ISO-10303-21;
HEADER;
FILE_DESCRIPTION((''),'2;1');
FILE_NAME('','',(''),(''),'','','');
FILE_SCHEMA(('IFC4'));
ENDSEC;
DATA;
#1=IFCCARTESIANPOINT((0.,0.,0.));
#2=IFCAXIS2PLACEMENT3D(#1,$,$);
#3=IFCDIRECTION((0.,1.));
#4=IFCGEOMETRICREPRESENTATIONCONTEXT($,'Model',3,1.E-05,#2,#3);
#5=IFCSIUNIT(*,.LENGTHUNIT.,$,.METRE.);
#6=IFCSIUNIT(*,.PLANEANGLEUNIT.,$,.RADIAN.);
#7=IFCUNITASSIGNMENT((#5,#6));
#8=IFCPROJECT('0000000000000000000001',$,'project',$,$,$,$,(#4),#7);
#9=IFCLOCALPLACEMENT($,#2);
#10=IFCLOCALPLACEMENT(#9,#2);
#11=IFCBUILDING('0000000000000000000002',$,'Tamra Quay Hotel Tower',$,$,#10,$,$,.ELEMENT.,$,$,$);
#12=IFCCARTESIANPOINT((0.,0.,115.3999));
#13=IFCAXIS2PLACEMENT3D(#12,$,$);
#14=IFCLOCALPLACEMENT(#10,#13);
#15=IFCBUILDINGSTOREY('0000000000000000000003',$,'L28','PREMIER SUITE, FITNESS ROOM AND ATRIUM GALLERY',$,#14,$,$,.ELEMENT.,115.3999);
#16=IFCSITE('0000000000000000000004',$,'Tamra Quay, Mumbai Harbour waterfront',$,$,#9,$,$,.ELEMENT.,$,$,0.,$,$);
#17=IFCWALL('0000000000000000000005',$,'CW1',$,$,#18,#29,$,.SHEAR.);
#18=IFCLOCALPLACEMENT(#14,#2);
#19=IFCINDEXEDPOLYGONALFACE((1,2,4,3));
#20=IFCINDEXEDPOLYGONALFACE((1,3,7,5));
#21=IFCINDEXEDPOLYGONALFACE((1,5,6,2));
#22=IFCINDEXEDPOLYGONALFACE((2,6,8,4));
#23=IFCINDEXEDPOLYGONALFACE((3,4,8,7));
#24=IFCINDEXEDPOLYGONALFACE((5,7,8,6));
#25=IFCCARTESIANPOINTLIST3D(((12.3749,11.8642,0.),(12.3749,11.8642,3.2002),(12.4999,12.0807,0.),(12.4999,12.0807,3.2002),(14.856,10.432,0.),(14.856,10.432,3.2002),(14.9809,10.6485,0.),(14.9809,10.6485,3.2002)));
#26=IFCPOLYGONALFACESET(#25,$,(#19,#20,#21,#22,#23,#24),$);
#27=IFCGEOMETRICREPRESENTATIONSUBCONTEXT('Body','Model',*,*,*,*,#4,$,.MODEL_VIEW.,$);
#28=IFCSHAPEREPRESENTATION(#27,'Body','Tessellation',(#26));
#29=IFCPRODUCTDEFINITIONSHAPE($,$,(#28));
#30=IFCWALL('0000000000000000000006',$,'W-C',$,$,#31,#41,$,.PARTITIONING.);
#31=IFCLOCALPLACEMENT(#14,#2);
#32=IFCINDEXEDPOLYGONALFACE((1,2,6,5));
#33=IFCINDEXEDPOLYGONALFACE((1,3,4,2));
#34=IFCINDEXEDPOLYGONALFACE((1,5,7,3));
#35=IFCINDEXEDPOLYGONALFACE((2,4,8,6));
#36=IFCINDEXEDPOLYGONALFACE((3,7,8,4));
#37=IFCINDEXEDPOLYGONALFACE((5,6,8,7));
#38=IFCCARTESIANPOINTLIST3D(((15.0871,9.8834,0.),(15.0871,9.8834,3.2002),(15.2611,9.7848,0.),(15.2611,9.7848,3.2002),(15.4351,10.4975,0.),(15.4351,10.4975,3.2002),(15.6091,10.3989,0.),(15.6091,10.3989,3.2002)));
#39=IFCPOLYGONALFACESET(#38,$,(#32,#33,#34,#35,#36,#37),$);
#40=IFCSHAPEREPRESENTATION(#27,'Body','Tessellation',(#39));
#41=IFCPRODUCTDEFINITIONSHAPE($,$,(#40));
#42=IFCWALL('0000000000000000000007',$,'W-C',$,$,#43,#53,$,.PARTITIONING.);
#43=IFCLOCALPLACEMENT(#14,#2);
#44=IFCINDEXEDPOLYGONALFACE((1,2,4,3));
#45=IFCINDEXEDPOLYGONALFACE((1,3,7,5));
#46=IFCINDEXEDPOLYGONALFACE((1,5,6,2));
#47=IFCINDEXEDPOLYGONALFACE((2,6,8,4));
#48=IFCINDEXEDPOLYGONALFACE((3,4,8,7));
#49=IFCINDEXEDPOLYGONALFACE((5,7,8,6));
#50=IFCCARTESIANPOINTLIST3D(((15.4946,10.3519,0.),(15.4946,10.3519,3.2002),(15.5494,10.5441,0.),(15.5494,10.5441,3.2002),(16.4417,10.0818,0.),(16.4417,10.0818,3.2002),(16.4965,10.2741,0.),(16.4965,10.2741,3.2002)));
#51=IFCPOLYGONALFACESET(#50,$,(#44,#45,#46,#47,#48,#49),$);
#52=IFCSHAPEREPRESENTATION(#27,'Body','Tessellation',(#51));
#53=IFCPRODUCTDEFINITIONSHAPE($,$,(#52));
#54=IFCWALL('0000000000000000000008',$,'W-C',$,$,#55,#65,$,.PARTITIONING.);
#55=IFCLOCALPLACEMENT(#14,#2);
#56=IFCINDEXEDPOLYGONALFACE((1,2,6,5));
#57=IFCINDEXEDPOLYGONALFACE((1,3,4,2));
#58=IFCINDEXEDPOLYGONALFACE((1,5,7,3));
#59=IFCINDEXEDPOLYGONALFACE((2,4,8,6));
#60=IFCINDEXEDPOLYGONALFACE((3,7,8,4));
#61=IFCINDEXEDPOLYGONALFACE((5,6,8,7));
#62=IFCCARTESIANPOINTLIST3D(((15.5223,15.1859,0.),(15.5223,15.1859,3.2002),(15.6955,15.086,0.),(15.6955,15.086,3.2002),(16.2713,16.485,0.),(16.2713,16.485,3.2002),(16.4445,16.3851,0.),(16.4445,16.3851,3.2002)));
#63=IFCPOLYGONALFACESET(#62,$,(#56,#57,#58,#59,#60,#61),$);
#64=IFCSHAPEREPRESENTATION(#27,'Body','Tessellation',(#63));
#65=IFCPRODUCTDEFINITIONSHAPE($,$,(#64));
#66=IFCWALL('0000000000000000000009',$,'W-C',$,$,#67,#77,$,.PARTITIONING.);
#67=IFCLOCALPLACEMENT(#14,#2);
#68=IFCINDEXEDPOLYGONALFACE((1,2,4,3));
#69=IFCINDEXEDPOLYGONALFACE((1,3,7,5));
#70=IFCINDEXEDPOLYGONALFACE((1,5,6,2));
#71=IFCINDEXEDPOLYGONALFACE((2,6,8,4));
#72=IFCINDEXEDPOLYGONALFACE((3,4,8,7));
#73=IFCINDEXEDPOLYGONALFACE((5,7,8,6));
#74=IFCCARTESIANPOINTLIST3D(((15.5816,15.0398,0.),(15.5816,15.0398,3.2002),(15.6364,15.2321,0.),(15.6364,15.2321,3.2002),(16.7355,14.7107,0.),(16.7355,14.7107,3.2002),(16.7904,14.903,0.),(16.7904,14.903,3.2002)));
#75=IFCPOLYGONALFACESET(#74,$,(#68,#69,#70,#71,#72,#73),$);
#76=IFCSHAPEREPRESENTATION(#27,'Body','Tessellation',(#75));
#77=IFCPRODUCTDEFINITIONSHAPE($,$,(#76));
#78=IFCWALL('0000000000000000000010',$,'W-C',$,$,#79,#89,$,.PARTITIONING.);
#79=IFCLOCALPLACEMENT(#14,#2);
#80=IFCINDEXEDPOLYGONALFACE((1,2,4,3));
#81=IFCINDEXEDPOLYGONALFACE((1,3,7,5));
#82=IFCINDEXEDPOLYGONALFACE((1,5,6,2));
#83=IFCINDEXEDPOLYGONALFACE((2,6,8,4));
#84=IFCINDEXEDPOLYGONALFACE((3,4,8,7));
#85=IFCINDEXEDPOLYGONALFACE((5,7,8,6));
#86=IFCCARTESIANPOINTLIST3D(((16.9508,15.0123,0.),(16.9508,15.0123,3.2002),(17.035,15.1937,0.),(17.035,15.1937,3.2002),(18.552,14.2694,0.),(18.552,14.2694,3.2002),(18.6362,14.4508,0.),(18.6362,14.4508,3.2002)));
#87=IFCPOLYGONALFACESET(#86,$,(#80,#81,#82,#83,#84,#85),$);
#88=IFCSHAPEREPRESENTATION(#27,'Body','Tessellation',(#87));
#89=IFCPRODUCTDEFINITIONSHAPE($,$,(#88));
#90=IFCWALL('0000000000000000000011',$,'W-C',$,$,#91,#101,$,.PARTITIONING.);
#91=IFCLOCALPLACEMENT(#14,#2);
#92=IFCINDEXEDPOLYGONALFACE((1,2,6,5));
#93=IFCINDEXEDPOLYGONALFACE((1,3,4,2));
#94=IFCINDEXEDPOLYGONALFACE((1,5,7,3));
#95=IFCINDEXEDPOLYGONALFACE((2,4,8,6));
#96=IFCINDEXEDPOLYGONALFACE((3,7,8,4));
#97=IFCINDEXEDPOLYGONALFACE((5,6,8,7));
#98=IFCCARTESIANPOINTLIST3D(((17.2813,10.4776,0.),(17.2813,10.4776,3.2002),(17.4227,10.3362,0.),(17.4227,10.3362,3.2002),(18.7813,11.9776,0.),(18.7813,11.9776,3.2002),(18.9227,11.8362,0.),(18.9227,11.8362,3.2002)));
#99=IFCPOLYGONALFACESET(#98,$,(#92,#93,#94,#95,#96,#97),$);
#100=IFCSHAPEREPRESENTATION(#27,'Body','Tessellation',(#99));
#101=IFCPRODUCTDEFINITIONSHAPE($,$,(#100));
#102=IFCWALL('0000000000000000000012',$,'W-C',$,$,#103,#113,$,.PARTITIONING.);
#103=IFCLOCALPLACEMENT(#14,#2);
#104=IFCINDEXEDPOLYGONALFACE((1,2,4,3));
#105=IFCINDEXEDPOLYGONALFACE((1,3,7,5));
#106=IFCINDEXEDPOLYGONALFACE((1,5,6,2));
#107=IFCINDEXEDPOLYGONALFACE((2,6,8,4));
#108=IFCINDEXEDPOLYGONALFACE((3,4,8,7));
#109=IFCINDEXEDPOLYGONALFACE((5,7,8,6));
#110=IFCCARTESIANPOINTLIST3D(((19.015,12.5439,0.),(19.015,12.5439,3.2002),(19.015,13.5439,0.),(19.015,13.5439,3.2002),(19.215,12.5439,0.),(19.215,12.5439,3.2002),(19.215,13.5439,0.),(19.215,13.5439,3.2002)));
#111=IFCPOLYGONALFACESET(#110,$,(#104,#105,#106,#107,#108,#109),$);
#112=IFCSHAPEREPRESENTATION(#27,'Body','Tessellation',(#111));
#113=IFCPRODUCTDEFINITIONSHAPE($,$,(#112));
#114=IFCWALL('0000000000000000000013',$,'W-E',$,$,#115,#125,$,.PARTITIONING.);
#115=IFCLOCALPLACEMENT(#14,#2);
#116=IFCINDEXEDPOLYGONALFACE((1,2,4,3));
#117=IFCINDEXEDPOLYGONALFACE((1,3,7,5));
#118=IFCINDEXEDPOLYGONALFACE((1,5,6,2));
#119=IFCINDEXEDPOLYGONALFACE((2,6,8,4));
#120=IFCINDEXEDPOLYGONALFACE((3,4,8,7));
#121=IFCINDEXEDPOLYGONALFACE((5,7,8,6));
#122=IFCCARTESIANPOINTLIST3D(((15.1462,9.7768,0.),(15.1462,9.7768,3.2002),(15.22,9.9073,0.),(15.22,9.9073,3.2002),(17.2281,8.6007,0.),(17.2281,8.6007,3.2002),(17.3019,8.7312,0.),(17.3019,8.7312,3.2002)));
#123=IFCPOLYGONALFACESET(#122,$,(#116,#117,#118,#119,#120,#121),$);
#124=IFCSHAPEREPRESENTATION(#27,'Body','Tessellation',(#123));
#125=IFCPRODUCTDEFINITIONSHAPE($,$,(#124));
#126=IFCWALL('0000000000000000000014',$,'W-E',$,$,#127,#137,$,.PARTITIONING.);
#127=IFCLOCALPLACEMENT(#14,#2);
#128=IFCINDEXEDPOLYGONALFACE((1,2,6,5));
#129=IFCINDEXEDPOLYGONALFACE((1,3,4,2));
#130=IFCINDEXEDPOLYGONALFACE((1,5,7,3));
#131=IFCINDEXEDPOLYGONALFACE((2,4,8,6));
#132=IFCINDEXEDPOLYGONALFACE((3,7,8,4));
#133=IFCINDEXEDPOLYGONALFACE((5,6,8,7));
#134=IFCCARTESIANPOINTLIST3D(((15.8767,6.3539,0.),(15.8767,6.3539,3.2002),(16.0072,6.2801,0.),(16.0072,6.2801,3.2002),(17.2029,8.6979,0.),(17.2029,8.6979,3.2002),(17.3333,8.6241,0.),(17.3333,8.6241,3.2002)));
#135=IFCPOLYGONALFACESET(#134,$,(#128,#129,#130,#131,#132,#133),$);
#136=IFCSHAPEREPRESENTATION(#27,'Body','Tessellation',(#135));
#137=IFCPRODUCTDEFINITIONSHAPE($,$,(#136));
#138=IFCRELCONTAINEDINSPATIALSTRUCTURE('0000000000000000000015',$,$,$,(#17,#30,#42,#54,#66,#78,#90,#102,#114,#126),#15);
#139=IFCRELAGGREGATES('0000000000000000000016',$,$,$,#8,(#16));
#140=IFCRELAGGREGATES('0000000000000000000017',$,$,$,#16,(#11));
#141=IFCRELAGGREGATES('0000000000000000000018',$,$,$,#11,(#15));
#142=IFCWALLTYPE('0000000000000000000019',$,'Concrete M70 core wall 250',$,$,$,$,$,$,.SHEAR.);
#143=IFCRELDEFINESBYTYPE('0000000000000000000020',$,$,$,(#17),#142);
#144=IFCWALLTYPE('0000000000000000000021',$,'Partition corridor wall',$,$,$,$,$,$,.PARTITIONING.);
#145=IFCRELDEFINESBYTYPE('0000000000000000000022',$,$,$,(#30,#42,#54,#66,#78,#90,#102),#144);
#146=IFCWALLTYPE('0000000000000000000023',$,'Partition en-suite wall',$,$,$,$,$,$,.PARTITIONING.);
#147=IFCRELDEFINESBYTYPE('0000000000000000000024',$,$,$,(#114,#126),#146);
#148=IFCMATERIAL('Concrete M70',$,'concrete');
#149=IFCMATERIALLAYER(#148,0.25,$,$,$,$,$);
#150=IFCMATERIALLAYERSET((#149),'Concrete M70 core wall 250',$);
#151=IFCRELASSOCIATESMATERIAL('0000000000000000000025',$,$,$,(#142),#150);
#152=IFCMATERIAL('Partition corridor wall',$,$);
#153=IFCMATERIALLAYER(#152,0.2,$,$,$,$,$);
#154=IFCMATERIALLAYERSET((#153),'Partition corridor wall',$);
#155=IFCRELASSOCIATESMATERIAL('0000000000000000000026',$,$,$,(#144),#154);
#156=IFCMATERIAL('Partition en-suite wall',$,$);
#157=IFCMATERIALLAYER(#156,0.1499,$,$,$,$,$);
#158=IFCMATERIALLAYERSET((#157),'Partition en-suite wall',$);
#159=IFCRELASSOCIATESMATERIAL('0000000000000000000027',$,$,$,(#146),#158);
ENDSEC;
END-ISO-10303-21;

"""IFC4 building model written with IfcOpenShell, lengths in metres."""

from ifc_helpers import new_model, si_unit, direction, frame, frame_2d, origin, place, context, subcontext, project, spatial, rectangle, extrude, material, layer, layer_set, type_object, element, save


model = new_model("IFC4")

# Units and contexts
model_context = context("Model", 3, precision=1e-05, world=origin(), true_north=direction((0.0, 1.0)))
body_context = subcontext(model_context, "Body", "Model", "MODEL_VIEW")
ifc_project = project(units=[si_unit("LENGTHUNIT", "METRE"), si_unit("PLANEANGLEUNIT", "RADIAN")], contexts=[model_context])

# Site, building, storey
site_placement = place(None, origin())
site = spatial("IfcSite", under=ifc_project, at=site_placement, Name="Tamra Quay, Mumbai Harbour waterfront", CompositionType="ELEMENT", RefElevation=0.0)
building_placement = place(site_placement, origin())
building = spatial("IfcBuilding", under=site, at=building_placement, Name="Tamra Quay Hotel Tower", CompositionType="ELEMENT")
storey_placement = place(building_placement, frame((0.0, 0.0, 115.3999)))
storey = spatial("IfcBuildingStorey", under=building, at=storey_placement, Name="L28", Description="PREMIER SUITE, FITNESS ROOM AND ATRIUM GALLERY", CompositionType="ELEMENT", Elevation=115.3999)

# Shared definitions
ifc_material_1 = material(Name="Concrete M70", Category="concrete")

# Walls
ifc_layer_1 = layer(ifc_material_1, 0.25)
ifc_layer_set_1 = layer_set([ifc_layer_1], Name="Concrete M70 core wall 250")
wall_type_1 = type_object("IfcWallType", Name="Concrete M70 core wall 250", PredefinedType="SHEAR", material=ifc_layer_set_1)
wall_1_placement = place(storey_placement, frame((14.9185, 10.5403, 0.0), z_axis=(0.0, 0.0, 1.0), x_axis=(-0.866064, 0.499934, 0.0)))
element("IfcWall", 1, at=wall_1_placement, inside=storey, type_object=wall_type_1, Name="CW1", PredefinedType="SHEAR", context=body_context, shape_type="SweptSolid", body=[
    extrude(rectangle(XDim=2.8647, YDim=0.25, at=frame_2d((1.4324, 0.0))), origin(), (0.0, 0.0, 1.0), 3.2002),
])
ifc_material_2 = material(Name="Partition corridor wall")
ifc_layer_2 = layer(ifc_material_2, 0.2)
ifc_layer_set_2 = layer_set([ifc_layer_2], Name="Partition corridor wall")
wall_type_2 = type_object("IfcWallType", Name="Partition corridor wall", PredefinedType="PARTITIONING", material=ifc_layer_set_2)
wall_2_placement = place(storey_placement, frame((15.1741, 9.834, 0.0), z_axis=(0.0, 0.0, 1.0), x_axis=(0.492969, 0.870047, 0.0)))
element("IfcWall", 2, at=wall_2_placement, inside=storey, type_object=wall_type_2, Name="W-C", PredefinedType="PARTITIONING", context=body_context, shape_type="SweptSolid", body=[
    extrude(rectangle(XDim=0.7058, YDim=0.2, at=frame_2d((0.353, 0.0))), origin(), (0.0, 0.0, 1.0), 3.2002),
])
wall_3_placement = place(storey_placement, frame((15.522, 10.448, 0.0), z_axis=(0.0, 0.0, 1.0), x_axis=(0.961673, -0.274197, 0.0)))
element("IfcWall", 3, at=wall_3_placement, inside=storey, type_object=wall_type_2, Name="W-C", PredefinedType="PARTITIONING", context=body_context, shape_type="SweptSolid", body=[
    extrude(rectangle(XDim=0.9849, YDim=0.2, at=frame_2d((0.4924, 0.0))), origin(), (0.0, 0.0, 1.0), 3.2002),
])
wall_4_placement = place(storey_placement, frame((15.6089, 15.136, 0.0), z_axis=(0.0, 0.0, 1.0), x_axis=(0.499502, 0.866313, 0.0)))
element("IfcWall", 4, at=wall_4_placement, inside=storey, type_object=wall_type_2, Name="W-C", PredefinedType="PARTITIONING", context=body_context, shape_type="SweptSolid", body=[
    extrude(rectangle(XDim=1.4995, YDim=0.2, at=frame_2d((0.7498, 0.0))), origin(), (0.0, 0.0, 1.0), 3.2002),
])
wall_5_placement = place(storey_placement, frame((15.6089, 15.136, 0.0), z_axis=(0.0, 0.0, 1.0), x_axis=(0.961662, -0.274237, 0.0)))
element("IfcWall", 5, at=wall_5_placement, inside=storey, type_object=wall_type_2, Name="W-C", PredefinedType="PARTITIONING", context=body_context, shape_type="SweptSolid", body=[
    extrude(rectangle(XDim=1.2, YDim=0.2, at=frame_2d((0.6001, 0.0))), origin(), (0.0, 0.0, 1.0), 3.2002),
])
wall_6_placement = place(storey_placement, frame((16.9929, 15.103, 0.0), z_axis=(0.0, 0.0, 1.0), x_axis=(0.907103, -0.420908, 0.0)))
element("IfcWall", 6, at=wall_6_placement, inside=storey, type_object=wall_type_2, Name="W-C", PredefinedType="PARTITIONING", context=body_context, shape_type="SweptSolid", body=[
    extrude(rectangle(XDim=1.7651, YDim=0.2, at=frame_2d((0.8826, 0.0))), origin(), (0.0, 0.0, 1.0), 3.2002),
])
wall_7_placement = place(storey_placement, frame((17.3521, 10.407, 0.0), z_axis=(0.0, 0.0, 1.0), x_axis=(0.707107, 0.707107, 0.0)))
element("IfcWall", 7, at=wall_7_placement, inside=storey, type_object=wall_type_2, Name="W-C", PredefinedType="PARTITIONING", context=body_context, shape_type="SweptSolid", body=[
    extrude(rectangle(XDim=2.1213, YDim=0.2, at=frame_2d((1.0605, 0.0))), origin(), (0.0, 0.0, 1.0), 3.2002),
])
wall_8_placement = place(storey_placement, frame((19.115, 12.5439, 0.0), z_axis=(0.0, 0.0, 1.0), x_axis=(0.0, 1.0, 0.0)))
element("IfcWall", 8, at=wall_8_placement, inside=storey, type_object=wall_type_2, Name="W-C", PredefinedType="PARTITIONING", context=body_context, shape_type="SweptSolid", body=[
    extrude(rectangle(XDim=1.0, YDim=0.2, at=frame_2d((0.5, 0.0))), origin(), (0.0, 0.0, 1.0), 3.2002),
])
ifc_material_3 = material(Name="Partition en-suite wall")
ifc_layer_3 = layer(ifc_material_3, 0.1499)
ifc_layer_set_3 = layer_set([ifc_layer_3], Name="Partition en-suite wall")
wall_type_3 = type_object("IfcWallType", Name="Partition en-suite wall", PredefinedType="PARTITIONING", material=ifc_layer_set_3)
wall_9_placement = place(storey_placement, frame((15.1831, 9.842, 0.0), z_axis=(0.0, 0.0, 1.0), x_axis=(0.870677, -0.491855, 0.0)))
element("IfcWall", 9, at=wall_9_placement, inside=storey, type_object=wall_type_3, Name="W-E", PredefinedType="PARTITIONING", context=body_context, shape_type="SweptSolid", body=[
    extrude(rectangle(XDim=2.3911, YDim=0.1499, at=frame_2d((1.1956, 0.0))), origin(), (0.0, 0.0, 1.0), 3.2002),
])
wall_10_placement = place(storey_placement, frame((15.9419, 6.3169, 0.0), z_axis=(0.0, 0.0, 1.0), x_axis=(0.492425, 0.870355, 0.0)))
element("IfcWall", 10, at=wall_10_placement, inside=storey, type_object=wall_type_3, Name="W-E", PredefinedType="PARTITIONING", context=body_context, shape_type="SweptSolid", body=[
    extrude(rectangle(XDim=2.6931, YDim=0.1499, at=frame_2d((1.3467, 0.0))), origin(), (0.0, 0.0, 1.0), 3.2002),
])

save(model, "model.ifc")
